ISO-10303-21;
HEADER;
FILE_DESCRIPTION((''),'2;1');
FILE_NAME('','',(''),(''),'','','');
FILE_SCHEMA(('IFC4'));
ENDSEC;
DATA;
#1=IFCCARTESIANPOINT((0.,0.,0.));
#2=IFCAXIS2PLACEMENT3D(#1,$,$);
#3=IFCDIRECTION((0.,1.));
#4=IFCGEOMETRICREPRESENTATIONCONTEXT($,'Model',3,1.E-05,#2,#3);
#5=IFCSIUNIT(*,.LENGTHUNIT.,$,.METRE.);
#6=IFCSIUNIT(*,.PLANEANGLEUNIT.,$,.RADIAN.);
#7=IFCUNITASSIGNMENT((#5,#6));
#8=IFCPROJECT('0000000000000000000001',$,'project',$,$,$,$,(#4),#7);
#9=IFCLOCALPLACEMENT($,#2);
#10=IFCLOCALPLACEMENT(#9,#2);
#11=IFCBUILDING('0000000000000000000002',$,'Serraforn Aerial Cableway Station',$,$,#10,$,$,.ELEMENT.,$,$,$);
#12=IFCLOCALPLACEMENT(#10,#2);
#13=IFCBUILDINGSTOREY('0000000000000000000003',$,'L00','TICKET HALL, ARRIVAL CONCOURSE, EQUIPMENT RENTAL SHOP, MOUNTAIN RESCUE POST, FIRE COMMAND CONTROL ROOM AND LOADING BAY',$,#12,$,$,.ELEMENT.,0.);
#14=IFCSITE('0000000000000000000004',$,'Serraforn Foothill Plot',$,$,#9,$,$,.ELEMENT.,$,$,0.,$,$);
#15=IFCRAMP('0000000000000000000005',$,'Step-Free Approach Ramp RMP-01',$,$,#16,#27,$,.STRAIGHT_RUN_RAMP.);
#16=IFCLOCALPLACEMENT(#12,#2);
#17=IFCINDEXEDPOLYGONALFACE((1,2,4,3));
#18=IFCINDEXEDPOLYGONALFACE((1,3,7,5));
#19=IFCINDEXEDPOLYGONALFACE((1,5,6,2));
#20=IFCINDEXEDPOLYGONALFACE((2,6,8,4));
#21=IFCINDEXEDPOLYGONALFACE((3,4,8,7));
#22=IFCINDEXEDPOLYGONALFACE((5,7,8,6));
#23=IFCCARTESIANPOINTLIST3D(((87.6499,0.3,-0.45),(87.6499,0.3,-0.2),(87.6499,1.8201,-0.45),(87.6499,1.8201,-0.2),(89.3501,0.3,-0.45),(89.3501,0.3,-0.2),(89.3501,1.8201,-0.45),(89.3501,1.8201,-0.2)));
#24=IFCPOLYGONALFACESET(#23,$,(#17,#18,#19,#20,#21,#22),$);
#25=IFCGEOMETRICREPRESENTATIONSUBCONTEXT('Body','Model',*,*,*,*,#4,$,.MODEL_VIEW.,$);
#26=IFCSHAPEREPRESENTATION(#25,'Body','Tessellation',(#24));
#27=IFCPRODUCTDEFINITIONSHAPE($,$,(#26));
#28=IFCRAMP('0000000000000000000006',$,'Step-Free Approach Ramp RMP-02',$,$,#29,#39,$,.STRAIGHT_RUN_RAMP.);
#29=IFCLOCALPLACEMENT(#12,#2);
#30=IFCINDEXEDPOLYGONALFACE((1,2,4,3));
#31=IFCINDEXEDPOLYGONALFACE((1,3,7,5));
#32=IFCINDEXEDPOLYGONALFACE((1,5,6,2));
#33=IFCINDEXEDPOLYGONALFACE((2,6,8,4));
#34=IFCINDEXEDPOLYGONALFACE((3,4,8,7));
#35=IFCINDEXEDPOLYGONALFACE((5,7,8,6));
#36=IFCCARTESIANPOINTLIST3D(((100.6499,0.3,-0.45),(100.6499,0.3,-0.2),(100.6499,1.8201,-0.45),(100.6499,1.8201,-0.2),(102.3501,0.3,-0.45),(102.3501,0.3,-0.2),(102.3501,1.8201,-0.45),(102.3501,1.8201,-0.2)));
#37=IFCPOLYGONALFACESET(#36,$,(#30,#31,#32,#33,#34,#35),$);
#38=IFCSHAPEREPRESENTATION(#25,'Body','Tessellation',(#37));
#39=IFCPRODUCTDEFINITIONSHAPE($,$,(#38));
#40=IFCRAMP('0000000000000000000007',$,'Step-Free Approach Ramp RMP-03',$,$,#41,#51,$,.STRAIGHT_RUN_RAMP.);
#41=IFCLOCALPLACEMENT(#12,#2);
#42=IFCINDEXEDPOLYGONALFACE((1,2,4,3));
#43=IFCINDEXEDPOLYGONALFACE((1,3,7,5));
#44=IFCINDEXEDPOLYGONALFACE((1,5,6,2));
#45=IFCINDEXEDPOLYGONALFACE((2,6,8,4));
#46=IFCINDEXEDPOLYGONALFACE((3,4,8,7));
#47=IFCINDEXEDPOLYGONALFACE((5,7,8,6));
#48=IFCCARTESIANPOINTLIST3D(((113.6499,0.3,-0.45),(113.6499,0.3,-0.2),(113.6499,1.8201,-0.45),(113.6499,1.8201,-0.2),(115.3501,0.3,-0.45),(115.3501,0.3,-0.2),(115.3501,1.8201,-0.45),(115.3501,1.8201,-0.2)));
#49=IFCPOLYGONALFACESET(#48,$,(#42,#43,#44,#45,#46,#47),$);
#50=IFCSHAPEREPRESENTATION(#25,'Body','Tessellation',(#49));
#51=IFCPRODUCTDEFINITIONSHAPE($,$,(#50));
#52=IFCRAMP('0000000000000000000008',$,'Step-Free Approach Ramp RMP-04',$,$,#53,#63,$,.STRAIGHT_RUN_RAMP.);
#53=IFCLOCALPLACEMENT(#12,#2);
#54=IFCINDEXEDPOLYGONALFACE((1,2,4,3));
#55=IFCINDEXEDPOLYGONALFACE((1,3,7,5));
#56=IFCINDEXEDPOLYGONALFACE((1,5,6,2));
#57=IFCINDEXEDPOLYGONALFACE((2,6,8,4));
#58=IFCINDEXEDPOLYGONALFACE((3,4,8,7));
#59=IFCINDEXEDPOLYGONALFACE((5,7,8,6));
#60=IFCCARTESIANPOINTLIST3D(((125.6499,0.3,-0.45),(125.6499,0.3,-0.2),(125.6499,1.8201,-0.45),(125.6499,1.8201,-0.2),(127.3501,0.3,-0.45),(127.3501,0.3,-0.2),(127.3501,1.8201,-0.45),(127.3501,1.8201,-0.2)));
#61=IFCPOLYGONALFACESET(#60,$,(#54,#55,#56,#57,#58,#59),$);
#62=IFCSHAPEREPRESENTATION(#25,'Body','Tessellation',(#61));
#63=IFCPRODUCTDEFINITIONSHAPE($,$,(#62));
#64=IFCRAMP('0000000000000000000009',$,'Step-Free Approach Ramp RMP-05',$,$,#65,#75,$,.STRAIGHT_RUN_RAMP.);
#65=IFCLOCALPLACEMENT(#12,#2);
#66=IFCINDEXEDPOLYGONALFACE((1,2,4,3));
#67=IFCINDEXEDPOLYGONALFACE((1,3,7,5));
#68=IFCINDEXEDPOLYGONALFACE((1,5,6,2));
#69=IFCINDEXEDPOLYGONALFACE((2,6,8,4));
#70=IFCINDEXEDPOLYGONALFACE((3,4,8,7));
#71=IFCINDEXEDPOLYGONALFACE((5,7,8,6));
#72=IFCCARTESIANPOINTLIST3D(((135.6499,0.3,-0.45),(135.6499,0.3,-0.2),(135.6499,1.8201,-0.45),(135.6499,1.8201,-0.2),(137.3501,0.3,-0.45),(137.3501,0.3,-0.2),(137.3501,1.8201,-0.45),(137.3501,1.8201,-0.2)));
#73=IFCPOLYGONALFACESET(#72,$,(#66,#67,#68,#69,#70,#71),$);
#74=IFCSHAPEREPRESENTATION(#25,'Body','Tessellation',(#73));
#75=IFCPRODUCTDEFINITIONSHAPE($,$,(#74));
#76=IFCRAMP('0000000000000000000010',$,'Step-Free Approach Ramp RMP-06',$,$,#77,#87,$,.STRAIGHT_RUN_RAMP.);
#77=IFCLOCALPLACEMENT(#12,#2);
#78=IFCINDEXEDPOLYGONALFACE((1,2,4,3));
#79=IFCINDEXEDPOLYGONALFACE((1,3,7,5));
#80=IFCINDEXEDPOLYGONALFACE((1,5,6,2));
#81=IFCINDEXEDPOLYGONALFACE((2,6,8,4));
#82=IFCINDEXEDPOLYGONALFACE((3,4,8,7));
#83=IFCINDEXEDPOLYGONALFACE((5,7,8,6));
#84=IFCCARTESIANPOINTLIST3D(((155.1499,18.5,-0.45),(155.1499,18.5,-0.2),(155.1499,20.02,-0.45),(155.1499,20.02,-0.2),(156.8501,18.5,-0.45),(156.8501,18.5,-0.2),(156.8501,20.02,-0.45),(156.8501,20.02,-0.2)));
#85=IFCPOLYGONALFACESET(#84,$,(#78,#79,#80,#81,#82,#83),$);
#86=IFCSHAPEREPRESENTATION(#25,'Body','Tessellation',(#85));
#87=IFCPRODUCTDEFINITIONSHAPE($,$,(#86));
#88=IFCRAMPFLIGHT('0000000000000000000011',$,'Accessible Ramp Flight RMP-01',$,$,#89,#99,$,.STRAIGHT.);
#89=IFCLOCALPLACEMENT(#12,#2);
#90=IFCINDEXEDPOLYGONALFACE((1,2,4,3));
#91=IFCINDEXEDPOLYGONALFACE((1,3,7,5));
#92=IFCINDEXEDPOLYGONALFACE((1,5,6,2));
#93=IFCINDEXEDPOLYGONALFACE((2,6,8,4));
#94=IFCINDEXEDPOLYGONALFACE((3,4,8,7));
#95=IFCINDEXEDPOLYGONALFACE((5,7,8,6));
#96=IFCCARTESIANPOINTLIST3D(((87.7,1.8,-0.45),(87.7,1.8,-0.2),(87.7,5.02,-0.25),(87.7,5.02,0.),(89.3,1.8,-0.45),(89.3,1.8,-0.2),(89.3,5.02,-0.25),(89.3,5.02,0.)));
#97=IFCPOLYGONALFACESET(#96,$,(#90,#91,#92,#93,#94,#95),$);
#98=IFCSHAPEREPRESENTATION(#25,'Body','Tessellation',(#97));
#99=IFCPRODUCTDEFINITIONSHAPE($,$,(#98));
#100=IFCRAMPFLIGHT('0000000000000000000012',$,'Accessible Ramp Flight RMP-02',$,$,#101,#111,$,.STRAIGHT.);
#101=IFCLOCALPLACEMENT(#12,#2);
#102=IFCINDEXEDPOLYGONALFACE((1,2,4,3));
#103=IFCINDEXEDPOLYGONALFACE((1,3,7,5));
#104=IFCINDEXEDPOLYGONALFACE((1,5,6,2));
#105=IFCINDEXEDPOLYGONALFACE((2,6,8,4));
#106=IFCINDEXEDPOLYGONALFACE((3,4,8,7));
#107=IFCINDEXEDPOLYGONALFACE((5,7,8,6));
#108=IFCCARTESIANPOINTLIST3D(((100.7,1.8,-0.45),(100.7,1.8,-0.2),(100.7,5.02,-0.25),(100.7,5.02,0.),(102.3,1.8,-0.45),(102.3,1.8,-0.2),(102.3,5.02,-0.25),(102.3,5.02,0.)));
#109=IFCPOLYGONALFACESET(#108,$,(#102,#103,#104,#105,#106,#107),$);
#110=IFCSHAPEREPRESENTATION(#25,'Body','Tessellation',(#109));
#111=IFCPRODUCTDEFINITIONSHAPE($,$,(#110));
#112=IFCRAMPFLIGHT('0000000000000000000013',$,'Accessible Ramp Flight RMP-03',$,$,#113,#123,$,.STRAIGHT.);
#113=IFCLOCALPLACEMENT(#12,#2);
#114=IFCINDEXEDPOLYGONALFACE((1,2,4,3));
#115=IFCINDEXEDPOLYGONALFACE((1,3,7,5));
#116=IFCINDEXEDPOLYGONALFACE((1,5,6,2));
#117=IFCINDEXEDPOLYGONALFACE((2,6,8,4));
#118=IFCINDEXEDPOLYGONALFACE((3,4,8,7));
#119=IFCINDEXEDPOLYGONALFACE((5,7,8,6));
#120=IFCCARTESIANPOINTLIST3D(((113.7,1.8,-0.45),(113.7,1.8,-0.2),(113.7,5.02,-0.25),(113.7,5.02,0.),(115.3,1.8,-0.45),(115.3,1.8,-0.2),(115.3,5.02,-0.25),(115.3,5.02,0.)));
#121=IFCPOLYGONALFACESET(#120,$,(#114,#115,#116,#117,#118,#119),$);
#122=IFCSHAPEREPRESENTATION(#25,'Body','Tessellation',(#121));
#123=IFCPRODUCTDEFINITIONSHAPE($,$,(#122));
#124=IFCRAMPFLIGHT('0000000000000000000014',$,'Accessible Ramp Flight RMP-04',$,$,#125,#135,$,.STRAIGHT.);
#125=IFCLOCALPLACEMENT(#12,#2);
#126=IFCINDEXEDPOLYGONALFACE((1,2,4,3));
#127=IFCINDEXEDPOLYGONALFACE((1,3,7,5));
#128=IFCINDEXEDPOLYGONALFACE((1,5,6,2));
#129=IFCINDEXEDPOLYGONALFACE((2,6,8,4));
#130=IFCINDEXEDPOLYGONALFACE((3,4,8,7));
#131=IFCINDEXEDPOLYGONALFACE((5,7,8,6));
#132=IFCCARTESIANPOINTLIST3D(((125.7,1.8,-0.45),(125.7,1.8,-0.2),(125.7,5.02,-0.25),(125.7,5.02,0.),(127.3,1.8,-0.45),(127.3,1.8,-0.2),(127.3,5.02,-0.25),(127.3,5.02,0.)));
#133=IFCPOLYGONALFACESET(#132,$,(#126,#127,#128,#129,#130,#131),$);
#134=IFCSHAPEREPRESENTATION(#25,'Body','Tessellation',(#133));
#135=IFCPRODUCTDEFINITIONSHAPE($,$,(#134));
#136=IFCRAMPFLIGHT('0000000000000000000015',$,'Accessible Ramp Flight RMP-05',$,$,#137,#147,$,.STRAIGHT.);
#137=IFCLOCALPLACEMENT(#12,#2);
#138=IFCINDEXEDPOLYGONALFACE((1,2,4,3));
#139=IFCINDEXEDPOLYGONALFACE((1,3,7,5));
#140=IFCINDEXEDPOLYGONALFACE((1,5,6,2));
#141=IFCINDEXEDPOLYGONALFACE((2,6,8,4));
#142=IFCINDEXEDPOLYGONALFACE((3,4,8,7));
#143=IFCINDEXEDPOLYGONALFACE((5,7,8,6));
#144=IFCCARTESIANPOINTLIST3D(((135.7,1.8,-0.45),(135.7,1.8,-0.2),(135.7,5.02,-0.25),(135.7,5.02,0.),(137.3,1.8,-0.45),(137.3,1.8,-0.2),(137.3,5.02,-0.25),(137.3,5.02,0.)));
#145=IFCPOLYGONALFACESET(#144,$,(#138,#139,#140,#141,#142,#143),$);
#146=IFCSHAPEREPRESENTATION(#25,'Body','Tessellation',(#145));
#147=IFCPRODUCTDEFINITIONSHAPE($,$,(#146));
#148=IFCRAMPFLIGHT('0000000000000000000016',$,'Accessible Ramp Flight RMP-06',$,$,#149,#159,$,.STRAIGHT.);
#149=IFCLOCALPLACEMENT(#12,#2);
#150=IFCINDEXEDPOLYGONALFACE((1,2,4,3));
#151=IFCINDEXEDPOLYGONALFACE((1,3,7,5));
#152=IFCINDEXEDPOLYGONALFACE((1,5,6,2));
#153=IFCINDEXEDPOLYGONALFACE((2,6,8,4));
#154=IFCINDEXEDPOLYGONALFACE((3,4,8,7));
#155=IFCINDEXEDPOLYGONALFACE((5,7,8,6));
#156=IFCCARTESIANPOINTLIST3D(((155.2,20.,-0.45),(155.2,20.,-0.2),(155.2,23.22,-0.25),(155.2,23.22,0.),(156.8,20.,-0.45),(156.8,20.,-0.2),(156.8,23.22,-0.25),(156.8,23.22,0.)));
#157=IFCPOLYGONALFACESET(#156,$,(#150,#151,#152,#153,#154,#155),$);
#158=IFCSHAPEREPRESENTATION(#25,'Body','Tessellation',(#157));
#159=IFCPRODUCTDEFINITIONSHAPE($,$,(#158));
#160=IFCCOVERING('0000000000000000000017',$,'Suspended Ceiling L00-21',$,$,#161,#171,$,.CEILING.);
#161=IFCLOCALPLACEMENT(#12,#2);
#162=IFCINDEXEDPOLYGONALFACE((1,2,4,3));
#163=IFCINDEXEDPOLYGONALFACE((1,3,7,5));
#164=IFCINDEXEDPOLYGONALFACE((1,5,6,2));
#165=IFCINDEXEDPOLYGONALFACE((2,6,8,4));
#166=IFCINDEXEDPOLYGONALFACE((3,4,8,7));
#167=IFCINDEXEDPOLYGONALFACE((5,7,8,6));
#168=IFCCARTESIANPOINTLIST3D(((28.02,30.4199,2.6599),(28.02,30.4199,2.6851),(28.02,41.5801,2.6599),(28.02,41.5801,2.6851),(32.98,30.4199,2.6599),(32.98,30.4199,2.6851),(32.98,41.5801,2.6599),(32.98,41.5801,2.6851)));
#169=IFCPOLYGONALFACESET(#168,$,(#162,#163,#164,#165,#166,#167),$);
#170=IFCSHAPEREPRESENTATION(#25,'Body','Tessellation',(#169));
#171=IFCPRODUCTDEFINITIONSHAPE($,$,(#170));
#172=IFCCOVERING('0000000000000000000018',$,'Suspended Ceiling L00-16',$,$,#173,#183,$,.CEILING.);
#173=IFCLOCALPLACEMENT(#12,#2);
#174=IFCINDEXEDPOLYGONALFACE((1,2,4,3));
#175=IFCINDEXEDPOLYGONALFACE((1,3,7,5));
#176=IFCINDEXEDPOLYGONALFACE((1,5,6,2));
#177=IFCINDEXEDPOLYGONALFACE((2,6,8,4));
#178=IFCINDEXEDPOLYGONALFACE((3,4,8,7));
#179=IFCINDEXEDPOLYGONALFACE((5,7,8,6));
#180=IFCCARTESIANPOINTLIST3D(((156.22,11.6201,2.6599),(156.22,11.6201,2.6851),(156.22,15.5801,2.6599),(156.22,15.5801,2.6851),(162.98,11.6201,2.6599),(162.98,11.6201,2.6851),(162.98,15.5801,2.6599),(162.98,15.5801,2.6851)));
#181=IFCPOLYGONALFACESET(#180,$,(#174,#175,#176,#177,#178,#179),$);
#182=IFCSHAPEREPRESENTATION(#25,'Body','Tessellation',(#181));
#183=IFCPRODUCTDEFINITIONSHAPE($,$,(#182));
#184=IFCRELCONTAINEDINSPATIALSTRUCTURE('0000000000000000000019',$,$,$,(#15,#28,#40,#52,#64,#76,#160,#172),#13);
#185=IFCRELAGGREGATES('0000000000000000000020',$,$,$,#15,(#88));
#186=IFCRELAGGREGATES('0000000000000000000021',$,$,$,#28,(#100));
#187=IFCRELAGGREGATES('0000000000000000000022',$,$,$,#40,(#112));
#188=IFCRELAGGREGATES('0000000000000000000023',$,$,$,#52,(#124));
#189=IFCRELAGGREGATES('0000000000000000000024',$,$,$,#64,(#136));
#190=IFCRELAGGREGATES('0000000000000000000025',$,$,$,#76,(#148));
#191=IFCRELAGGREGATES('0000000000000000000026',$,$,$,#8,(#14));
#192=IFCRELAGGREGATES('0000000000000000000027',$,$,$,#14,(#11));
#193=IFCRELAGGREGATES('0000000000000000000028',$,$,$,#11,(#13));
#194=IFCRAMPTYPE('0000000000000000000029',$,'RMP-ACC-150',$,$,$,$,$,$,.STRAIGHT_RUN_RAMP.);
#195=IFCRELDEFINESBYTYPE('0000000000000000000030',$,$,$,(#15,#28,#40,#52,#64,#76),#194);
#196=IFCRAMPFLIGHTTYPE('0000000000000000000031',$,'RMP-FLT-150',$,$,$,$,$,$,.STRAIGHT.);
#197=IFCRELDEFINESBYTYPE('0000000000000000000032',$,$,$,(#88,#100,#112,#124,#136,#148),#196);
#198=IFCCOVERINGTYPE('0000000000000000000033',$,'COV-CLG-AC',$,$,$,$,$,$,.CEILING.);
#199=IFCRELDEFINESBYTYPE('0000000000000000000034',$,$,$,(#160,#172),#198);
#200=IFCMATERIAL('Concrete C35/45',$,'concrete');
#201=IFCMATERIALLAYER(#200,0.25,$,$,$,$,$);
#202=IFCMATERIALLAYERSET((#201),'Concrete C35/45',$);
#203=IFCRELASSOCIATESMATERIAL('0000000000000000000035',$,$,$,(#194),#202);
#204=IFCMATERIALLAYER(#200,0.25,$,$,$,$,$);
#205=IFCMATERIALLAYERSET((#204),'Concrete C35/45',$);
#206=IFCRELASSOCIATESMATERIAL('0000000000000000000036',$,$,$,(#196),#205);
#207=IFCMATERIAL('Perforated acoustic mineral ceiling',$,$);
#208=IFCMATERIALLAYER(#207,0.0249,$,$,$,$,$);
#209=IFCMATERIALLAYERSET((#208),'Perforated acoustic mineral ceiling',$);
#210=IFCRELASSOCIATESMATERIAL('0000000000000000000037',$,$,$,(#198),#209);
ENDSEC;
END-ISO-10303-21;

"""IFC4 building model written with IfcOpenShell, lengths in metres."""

from ifc_helpers import new_model, si_unit, direction, frame, origin, place, context, subcontext, project, spatial, polyline, outline, extrude, material, layer, layer_set, type_object, element, aggregate, save


model = new_model("IFC4")

# Units and contexts
model_context = context("Model", 3, precision=1e-05, world=origin(), true_north=direction((0.0, 1.0)))
body_context = subcontext(model_context, "Body", "Model", "MODEL_VIEW")
ifc_project = project(units=[si_unit("LENGTHUNIT", "METRE"), si_unit("PLANEANGLEUNIT", "RADIAN")], contexts=[model_context])

# Site, building, storey
site_placement = place(None, origin())
site = spatial("IfcSite", under=ifc_project, at=site_placement, Name="Serraforn Foothill Plot", CompositionType="ELEMENT", RefElevation=0.0)
building_placement = place(site_placement, origin())
building = spatial("IfcBuilding", under=site, at=building_placement, Name="Serraforn Aerial Cableway Station", CompositionType="ELEMENT")
storey_placement = place(building_placement, origin())
storey = spatial("IfcBuildingStorey", under=building, at=storey_placement, Name="L00", Description="TICKET HALL, ARRIVAL CONCOURSE, EQUIPMENT RENTAL SHOP, MOUNTAIN RESCUE POST, FIRE COMMAND CONTROL ROOM AND LOADING BAY", CompositionType="ELEMENT", Elevation=0.0)

# Shared definitions
ifc_material_1 = material(Name="Concrete C35/45", Category="concrete")

# Ramps
ifc_layer_1 = layer(ifc_material_1, 0.25)
ifc_layer_set_1 = layer_set([ifc_layer_1], Name="Concrete C35/45")
ramp_type = type_object("IfcRampType", Name="RMP-ACC-150", PredefinedType="STRAIGHT_RUN_RAMP", material=ifc_layer_set_1)
ramp_1_placement = place(storey_placement, frame((0.0, 0.0, -0.45)))
ramp_1 = element("IfcRamp", 1, at=ramp_1_placement, inside=storey, type_object=ramp_type, Name="Step-Free Approach Ramp RMP-01", PredefinedType="STRAIGHT_RUN_RAMP", context=body_context, shape_type="SweptSolid", body=[
    extrude(outline(polyline([(87.6499, 0.3), (89.3501, 0.3), (89.3501, 1.8201), (87.6499, 1.8201), (87.6499, 0.3)])), origin(), (0.0, 0.0, 1.0), 0.25),
])
ramp_2_placement = place(storey_placement, frame((0.0, 0.0, -0.45)))
ramp_2 = element("IfcRamp", 2, at=ramp_2_placement, inside=storey, type_object=ramp_type, Name="Step-Free Approach Ramp RMP-02", PredefinedType="STRAIGHT_RUN_RAMP", context=body_context, shape_type="SweptSolid", body=[
    extrude(outline(polyline([(100.6499, 0.3), (102.3501, 0.3), (102.3501, 1.8201), (100.6499, 1.8201), (100.6499, 0.3)])), origin(), (0.0, 0.0, 1.0), 0.25),
])
ramp_3_placement = place(storey_placement, frame((0.0, 0.0, -0.45)))
ramp_3 = element("IfcRamp", 3, at=ramp_3_placement, inside=storey, type_object=ramp_type, Name="Step-Free Approach Ramp RMP-03", PredefinedType="STRAIGHT_RUN_RAMP", context=body_context, shape_type="SweptSolid", body=[
    extrude(outline(polyline([(113.6499, 0.3), (115.3501, 0.3), (115.3501, 1.8201), (113.6499, 1.8201), (113.6499, 0.3)])), origin(), (0.0, 0.0, 1.0), 0.25),
])
ramp_4_placement = place(storey_placement, frame((0.0, 0.0, -0.45)))
ramp_4 = element("IfcRamp", 4, at=ramp_4_placement, inside=storey, type_object=ramp_type, Name="Step-Free Approach Ramp RMP-04", PredefinedType="STRAIGHT_RUN_RAMP", context=body_context, shape_type="SweptSolid", body=[
    extrude(outline(polyline([(125.6499, 0.3), (127.3501, 0.3), (127.3501, 1.8201), (125.6499, 1.8201), (125.6499, 0.3)])), origin(), (0.0, 0.0, 1.0), 0.25),
])
ramp_5_placement = place(storey_placement, frame((0.0, 0.0, -0.45)))
ramp_5 = element("IfcRamp", 5, at=ramp_5_placement, inside=storey, type_object=ramp_type, Name="Step-Free Approach Ramp RMP-05", PredefinedType="STRAIGHT_RUN_RAMP", context=body_context, shape_type="SweptSolid", body=[
    extrude(outline(polyline([(135.6499, 0.3), (137.3501, 0.3), (137.3501, 1.8201), (135.6499, 1.8201), (135.6499, 0.3)])), origin(), (0.0, 0.0, 1.0), 0.25),
])
ramp_6_placement = place(storey_placement, frame((0.0, 0.0, -0.45)))
ramp_6 = element("IfcRamp", 6, at=ramp_6_placement, inside=storey, type_object=ramp_type, Name="Step-Free Approach Ramp RMP-06", PredefinedType="STRAIGHT_RUN_RAMP", context=body_context, shape_type="SweptSolid", body=[
    extrude(outline(polyline([(155.1499, 18.5), (156.8501, 18.5), (156.8501, 20.02), (155.1499, 20.02), (155.1499, 18.5)])), origin(), (0.0, 0.0, 1.0), 0.25),
])

# Ramp flights
ifc_layer_2 = layer(ifc_material_1, 0.25)
ifc_layer_set_2 = layer_set([ifc_layer_2], Name="Concrete C35/45")
ramp_flight_type = type_object("IfcRampFlightType", Name="RMP-FLT-150", PredefinedType="STRAIGHT", material=ifc_layer_set_2)
ramp_flight_1_placement = place(storey_placement, frame((88.5, 1.8, -0.2), z_axis=(0.0, 0.0, 1.0), x_axis=(0.0, 1.0, 0.0)))
ramp_flight_1 = element("IfcRampFlight", 7, at=ramp_flight_1_placement, type_object=ramp_flight_type, Name="Accessible Ramp Flight RMP-01", PredefinedType="STRAIGHT", context=body_context, shape_type="SweptSolid", body=[
    extrude(outline(polyline([(0.0, 0.0), (3.22, 0.2), (3.22, -0.05), (0.0, -0.25), (0.0, 0.0)])), frame((0.0, 0.8, 0.0), z_axis=(0.0, -1.0, 0.0), x_axis=(1.0, 0.0, 0.0)), (0.0, 0.0, 1.0), 1.6001),
])
aggregate(ramp_1, [ramp_flight_1])
ramp_flight_2_placement = place(storey_placement, frame((101.5, 1.8, -0.2), z_axis=(0.0, 0.0, 1.0), x_axis=(0.0, 1.0, 0.0)))
ramp_flight_2 = element("IfcRampFlight", 8, at=ramp_flight_2_placement, type_object=ramp_flight_type, Name="Accessible Ramp Flight RMP-02", PredefinedType="STRAIGHT", context=body_context, shape_type="SweptSolid", body=[
    extrude(outline(polyline([(0.0, 0.0), (3.22, 0.2), (3.22, -0.05), (0.0, -0.25), (0.0, 0.0)])), frame((0.0, 0.8, 0.0), z_axis=(0.0, -1.0, 0.0), x_axis=(1.0, 0.0, 0.0)), (0.0, 0.0, 1.0), 1.6001),
])
aggregate(ramp_2, [ramp_flight_2])
ramp_flight_3_placement = place(storey_placement, frame((114.5, 1.8, -0.2), z_axis=(0.0, 0.0, 1.0), x_axis=(0.0, 1.0, 0.0)))
ramp_flight_3 = element("IfcRampFlight", 9, at=ramp_flight_3_placement, type_object=ramp_flight_type, Name="Accessible Ramp Flight RMP-03", PredefinedType="STRAIGHT", context=body_context, shape_type="SweptSolid", body=[
    extrude(outline(polyline([(0.0, 0.0), (3.22, 0.2), (3.22, -0.05), (0.0, -0.25), (0.0, 0.0)])), frame((0.0, 0.8, 0.0), z_axis=(0.0, -1.0, 0.0), x_axis=(1.0, 0.0, 0.0)), (0.0, 0.0, 1.0), 1.6001),
])
aggregate(ramp_3, [ramp_flight_3])
ramp_flight_4_placement = place(storey_placement, frame((126.5, 1.8, -0.2), z_axis=(0.0, 0.0, 1.0), x_axis=(0.0, 1.0, 0.0)))
ramp_flight_4 = element("IfcRampFlight", 10, at=ramp_flight_4_placement, type_object=ramp_flight_type, Name="Accessible Ramp Flight RMP-04", PredefinedType="STRAIGHT", context=body_context, shape_type="SweptSolid", body=[
    extrude(outline(polyline([(0.0, 0.0), (3.22, 0.2), (3.22, -0.05), (0.0, -0.25), (0.0, 0.0)])), frame((0.0, 0.8, 0.0), z_axis=(0.0, -1.0, 0.0), x_axis=(1.0, 0.0, 0.0)), (0.0, 0.0, 1.0), 1.6001),
])
aggregate(ramp_4, [ramp_flight_4])
ramp_flight_5_placement = place(storey_placement, frame((136.5, 1.8, -0.2), z_axis=(0.0, 0.0, 1.0), x_axis=(0.0, 1.0, 0.0)))
ramp_flight_5 = element("IfcRampFlight", 11, at=ramp_flight_5_placement, type_object=ramp_flight_type, Name="Accessible Ramp Flight RMP-05", PredefinedType="STRAIGHT", context=body_context, shape_type="SweptSolid", body=[
    extrude(outline(polyline([(0.0, 0.0), (3.22, 0.2), (3.22, -0.05), (0.0, -0.25), (0.0, 0.0)])), frame((0.0, 0.8, 0.0), z_axis=(0.0, -1.0, 0.0), x_axis=(1.0, 0.0, 0.0)), (0.0, 0.0, 1.0), 1.6001),
])
aggregate(ramp_5, [ramp_flight_5])
ramp_flight_6_placement = place(storey_placement, frame((156.0, 20.0, -0.2), z_axis=(0.0, 0.0, 1.0), x_axis=(0.0, 1.0, 0.0)))
ramp_flight_6 = element("IfcRampFlight", 12, at=ramp_flight_6_placement, type_object=ramp_flight_type, Name="Accessible Ramp Flight RMP-06", PredefinedType="STRAIGHT", context=body_context, shape_type="SweptSolid", body=[
    extrude(outline(polyline([(0.0, 0.0), (3.22, 0.2), (3.22, -0.05), (0.0, -0.25), (0.0, 0.0)])), frame((0.0, 0.8, 0.0), z_axis=(0.0, -1.0, 0.0), x_axis=(1.0, 0.0, 0.0)), (0.0, 0.0, 1.0), 1.6001),
])
aggregate(ramp_6, [ramp_flight_6])

# Coverings
ifc_material_2 = material(Name="Perforated acoustic mineral ceiling")
ifc_layer_3 = layer(ifc_material_2, 0.0249)
ifc_layer_set_3 = layer_set([ifc_layer_3], Name="Perforated acoustic mineral ceiling")
covering_type_1 = type_object("IfcCoveringType", Name="COV-CLG-AC", PredefinedType="CEILING", material=ifc_layer_set_3)
covering_1_placement = place(storey_placement, frame((0.0, 0.0, 2.6599)))
element("IfcCovering", 13, at=covering_1_placement, inside=storey, type_object=covering_type_1, Name="Suspended Ceiling L00-21", PredefinedType="CEILING", context=body_context, shape_type="SweptSolid", body=[
    extrude(outline(polyline([(28.02, 30.4199), (28.02, 41.5801), (32.98, 41.5801), (32.98, 30.4199), (28.02, 30.4199)])), origin(), (0.0, 0.0, 1.0), 0.0251),
])
covering_2_placement = place(storey_placement, frame((0.0, 0.0, 2.6599)))
element("IfcCovering", 14, at=covering_2_placement, inside=storey, type_object=covering_type_1, Name="Suspended Ceiling L00-16", PredefinedType="CEILING", context=body_context, shape_type="SweptSolid", body=[
    extrude(outline(polyline([(156.22, 11.6201), (156.22, 15.5801), (162.98, 15.5801), (162.98, 11.6201), (156.22, 11.6201)])), origin(), (0.0, 0.0, 1.0), 0.0251),
])

save(model, "model.ifc")
